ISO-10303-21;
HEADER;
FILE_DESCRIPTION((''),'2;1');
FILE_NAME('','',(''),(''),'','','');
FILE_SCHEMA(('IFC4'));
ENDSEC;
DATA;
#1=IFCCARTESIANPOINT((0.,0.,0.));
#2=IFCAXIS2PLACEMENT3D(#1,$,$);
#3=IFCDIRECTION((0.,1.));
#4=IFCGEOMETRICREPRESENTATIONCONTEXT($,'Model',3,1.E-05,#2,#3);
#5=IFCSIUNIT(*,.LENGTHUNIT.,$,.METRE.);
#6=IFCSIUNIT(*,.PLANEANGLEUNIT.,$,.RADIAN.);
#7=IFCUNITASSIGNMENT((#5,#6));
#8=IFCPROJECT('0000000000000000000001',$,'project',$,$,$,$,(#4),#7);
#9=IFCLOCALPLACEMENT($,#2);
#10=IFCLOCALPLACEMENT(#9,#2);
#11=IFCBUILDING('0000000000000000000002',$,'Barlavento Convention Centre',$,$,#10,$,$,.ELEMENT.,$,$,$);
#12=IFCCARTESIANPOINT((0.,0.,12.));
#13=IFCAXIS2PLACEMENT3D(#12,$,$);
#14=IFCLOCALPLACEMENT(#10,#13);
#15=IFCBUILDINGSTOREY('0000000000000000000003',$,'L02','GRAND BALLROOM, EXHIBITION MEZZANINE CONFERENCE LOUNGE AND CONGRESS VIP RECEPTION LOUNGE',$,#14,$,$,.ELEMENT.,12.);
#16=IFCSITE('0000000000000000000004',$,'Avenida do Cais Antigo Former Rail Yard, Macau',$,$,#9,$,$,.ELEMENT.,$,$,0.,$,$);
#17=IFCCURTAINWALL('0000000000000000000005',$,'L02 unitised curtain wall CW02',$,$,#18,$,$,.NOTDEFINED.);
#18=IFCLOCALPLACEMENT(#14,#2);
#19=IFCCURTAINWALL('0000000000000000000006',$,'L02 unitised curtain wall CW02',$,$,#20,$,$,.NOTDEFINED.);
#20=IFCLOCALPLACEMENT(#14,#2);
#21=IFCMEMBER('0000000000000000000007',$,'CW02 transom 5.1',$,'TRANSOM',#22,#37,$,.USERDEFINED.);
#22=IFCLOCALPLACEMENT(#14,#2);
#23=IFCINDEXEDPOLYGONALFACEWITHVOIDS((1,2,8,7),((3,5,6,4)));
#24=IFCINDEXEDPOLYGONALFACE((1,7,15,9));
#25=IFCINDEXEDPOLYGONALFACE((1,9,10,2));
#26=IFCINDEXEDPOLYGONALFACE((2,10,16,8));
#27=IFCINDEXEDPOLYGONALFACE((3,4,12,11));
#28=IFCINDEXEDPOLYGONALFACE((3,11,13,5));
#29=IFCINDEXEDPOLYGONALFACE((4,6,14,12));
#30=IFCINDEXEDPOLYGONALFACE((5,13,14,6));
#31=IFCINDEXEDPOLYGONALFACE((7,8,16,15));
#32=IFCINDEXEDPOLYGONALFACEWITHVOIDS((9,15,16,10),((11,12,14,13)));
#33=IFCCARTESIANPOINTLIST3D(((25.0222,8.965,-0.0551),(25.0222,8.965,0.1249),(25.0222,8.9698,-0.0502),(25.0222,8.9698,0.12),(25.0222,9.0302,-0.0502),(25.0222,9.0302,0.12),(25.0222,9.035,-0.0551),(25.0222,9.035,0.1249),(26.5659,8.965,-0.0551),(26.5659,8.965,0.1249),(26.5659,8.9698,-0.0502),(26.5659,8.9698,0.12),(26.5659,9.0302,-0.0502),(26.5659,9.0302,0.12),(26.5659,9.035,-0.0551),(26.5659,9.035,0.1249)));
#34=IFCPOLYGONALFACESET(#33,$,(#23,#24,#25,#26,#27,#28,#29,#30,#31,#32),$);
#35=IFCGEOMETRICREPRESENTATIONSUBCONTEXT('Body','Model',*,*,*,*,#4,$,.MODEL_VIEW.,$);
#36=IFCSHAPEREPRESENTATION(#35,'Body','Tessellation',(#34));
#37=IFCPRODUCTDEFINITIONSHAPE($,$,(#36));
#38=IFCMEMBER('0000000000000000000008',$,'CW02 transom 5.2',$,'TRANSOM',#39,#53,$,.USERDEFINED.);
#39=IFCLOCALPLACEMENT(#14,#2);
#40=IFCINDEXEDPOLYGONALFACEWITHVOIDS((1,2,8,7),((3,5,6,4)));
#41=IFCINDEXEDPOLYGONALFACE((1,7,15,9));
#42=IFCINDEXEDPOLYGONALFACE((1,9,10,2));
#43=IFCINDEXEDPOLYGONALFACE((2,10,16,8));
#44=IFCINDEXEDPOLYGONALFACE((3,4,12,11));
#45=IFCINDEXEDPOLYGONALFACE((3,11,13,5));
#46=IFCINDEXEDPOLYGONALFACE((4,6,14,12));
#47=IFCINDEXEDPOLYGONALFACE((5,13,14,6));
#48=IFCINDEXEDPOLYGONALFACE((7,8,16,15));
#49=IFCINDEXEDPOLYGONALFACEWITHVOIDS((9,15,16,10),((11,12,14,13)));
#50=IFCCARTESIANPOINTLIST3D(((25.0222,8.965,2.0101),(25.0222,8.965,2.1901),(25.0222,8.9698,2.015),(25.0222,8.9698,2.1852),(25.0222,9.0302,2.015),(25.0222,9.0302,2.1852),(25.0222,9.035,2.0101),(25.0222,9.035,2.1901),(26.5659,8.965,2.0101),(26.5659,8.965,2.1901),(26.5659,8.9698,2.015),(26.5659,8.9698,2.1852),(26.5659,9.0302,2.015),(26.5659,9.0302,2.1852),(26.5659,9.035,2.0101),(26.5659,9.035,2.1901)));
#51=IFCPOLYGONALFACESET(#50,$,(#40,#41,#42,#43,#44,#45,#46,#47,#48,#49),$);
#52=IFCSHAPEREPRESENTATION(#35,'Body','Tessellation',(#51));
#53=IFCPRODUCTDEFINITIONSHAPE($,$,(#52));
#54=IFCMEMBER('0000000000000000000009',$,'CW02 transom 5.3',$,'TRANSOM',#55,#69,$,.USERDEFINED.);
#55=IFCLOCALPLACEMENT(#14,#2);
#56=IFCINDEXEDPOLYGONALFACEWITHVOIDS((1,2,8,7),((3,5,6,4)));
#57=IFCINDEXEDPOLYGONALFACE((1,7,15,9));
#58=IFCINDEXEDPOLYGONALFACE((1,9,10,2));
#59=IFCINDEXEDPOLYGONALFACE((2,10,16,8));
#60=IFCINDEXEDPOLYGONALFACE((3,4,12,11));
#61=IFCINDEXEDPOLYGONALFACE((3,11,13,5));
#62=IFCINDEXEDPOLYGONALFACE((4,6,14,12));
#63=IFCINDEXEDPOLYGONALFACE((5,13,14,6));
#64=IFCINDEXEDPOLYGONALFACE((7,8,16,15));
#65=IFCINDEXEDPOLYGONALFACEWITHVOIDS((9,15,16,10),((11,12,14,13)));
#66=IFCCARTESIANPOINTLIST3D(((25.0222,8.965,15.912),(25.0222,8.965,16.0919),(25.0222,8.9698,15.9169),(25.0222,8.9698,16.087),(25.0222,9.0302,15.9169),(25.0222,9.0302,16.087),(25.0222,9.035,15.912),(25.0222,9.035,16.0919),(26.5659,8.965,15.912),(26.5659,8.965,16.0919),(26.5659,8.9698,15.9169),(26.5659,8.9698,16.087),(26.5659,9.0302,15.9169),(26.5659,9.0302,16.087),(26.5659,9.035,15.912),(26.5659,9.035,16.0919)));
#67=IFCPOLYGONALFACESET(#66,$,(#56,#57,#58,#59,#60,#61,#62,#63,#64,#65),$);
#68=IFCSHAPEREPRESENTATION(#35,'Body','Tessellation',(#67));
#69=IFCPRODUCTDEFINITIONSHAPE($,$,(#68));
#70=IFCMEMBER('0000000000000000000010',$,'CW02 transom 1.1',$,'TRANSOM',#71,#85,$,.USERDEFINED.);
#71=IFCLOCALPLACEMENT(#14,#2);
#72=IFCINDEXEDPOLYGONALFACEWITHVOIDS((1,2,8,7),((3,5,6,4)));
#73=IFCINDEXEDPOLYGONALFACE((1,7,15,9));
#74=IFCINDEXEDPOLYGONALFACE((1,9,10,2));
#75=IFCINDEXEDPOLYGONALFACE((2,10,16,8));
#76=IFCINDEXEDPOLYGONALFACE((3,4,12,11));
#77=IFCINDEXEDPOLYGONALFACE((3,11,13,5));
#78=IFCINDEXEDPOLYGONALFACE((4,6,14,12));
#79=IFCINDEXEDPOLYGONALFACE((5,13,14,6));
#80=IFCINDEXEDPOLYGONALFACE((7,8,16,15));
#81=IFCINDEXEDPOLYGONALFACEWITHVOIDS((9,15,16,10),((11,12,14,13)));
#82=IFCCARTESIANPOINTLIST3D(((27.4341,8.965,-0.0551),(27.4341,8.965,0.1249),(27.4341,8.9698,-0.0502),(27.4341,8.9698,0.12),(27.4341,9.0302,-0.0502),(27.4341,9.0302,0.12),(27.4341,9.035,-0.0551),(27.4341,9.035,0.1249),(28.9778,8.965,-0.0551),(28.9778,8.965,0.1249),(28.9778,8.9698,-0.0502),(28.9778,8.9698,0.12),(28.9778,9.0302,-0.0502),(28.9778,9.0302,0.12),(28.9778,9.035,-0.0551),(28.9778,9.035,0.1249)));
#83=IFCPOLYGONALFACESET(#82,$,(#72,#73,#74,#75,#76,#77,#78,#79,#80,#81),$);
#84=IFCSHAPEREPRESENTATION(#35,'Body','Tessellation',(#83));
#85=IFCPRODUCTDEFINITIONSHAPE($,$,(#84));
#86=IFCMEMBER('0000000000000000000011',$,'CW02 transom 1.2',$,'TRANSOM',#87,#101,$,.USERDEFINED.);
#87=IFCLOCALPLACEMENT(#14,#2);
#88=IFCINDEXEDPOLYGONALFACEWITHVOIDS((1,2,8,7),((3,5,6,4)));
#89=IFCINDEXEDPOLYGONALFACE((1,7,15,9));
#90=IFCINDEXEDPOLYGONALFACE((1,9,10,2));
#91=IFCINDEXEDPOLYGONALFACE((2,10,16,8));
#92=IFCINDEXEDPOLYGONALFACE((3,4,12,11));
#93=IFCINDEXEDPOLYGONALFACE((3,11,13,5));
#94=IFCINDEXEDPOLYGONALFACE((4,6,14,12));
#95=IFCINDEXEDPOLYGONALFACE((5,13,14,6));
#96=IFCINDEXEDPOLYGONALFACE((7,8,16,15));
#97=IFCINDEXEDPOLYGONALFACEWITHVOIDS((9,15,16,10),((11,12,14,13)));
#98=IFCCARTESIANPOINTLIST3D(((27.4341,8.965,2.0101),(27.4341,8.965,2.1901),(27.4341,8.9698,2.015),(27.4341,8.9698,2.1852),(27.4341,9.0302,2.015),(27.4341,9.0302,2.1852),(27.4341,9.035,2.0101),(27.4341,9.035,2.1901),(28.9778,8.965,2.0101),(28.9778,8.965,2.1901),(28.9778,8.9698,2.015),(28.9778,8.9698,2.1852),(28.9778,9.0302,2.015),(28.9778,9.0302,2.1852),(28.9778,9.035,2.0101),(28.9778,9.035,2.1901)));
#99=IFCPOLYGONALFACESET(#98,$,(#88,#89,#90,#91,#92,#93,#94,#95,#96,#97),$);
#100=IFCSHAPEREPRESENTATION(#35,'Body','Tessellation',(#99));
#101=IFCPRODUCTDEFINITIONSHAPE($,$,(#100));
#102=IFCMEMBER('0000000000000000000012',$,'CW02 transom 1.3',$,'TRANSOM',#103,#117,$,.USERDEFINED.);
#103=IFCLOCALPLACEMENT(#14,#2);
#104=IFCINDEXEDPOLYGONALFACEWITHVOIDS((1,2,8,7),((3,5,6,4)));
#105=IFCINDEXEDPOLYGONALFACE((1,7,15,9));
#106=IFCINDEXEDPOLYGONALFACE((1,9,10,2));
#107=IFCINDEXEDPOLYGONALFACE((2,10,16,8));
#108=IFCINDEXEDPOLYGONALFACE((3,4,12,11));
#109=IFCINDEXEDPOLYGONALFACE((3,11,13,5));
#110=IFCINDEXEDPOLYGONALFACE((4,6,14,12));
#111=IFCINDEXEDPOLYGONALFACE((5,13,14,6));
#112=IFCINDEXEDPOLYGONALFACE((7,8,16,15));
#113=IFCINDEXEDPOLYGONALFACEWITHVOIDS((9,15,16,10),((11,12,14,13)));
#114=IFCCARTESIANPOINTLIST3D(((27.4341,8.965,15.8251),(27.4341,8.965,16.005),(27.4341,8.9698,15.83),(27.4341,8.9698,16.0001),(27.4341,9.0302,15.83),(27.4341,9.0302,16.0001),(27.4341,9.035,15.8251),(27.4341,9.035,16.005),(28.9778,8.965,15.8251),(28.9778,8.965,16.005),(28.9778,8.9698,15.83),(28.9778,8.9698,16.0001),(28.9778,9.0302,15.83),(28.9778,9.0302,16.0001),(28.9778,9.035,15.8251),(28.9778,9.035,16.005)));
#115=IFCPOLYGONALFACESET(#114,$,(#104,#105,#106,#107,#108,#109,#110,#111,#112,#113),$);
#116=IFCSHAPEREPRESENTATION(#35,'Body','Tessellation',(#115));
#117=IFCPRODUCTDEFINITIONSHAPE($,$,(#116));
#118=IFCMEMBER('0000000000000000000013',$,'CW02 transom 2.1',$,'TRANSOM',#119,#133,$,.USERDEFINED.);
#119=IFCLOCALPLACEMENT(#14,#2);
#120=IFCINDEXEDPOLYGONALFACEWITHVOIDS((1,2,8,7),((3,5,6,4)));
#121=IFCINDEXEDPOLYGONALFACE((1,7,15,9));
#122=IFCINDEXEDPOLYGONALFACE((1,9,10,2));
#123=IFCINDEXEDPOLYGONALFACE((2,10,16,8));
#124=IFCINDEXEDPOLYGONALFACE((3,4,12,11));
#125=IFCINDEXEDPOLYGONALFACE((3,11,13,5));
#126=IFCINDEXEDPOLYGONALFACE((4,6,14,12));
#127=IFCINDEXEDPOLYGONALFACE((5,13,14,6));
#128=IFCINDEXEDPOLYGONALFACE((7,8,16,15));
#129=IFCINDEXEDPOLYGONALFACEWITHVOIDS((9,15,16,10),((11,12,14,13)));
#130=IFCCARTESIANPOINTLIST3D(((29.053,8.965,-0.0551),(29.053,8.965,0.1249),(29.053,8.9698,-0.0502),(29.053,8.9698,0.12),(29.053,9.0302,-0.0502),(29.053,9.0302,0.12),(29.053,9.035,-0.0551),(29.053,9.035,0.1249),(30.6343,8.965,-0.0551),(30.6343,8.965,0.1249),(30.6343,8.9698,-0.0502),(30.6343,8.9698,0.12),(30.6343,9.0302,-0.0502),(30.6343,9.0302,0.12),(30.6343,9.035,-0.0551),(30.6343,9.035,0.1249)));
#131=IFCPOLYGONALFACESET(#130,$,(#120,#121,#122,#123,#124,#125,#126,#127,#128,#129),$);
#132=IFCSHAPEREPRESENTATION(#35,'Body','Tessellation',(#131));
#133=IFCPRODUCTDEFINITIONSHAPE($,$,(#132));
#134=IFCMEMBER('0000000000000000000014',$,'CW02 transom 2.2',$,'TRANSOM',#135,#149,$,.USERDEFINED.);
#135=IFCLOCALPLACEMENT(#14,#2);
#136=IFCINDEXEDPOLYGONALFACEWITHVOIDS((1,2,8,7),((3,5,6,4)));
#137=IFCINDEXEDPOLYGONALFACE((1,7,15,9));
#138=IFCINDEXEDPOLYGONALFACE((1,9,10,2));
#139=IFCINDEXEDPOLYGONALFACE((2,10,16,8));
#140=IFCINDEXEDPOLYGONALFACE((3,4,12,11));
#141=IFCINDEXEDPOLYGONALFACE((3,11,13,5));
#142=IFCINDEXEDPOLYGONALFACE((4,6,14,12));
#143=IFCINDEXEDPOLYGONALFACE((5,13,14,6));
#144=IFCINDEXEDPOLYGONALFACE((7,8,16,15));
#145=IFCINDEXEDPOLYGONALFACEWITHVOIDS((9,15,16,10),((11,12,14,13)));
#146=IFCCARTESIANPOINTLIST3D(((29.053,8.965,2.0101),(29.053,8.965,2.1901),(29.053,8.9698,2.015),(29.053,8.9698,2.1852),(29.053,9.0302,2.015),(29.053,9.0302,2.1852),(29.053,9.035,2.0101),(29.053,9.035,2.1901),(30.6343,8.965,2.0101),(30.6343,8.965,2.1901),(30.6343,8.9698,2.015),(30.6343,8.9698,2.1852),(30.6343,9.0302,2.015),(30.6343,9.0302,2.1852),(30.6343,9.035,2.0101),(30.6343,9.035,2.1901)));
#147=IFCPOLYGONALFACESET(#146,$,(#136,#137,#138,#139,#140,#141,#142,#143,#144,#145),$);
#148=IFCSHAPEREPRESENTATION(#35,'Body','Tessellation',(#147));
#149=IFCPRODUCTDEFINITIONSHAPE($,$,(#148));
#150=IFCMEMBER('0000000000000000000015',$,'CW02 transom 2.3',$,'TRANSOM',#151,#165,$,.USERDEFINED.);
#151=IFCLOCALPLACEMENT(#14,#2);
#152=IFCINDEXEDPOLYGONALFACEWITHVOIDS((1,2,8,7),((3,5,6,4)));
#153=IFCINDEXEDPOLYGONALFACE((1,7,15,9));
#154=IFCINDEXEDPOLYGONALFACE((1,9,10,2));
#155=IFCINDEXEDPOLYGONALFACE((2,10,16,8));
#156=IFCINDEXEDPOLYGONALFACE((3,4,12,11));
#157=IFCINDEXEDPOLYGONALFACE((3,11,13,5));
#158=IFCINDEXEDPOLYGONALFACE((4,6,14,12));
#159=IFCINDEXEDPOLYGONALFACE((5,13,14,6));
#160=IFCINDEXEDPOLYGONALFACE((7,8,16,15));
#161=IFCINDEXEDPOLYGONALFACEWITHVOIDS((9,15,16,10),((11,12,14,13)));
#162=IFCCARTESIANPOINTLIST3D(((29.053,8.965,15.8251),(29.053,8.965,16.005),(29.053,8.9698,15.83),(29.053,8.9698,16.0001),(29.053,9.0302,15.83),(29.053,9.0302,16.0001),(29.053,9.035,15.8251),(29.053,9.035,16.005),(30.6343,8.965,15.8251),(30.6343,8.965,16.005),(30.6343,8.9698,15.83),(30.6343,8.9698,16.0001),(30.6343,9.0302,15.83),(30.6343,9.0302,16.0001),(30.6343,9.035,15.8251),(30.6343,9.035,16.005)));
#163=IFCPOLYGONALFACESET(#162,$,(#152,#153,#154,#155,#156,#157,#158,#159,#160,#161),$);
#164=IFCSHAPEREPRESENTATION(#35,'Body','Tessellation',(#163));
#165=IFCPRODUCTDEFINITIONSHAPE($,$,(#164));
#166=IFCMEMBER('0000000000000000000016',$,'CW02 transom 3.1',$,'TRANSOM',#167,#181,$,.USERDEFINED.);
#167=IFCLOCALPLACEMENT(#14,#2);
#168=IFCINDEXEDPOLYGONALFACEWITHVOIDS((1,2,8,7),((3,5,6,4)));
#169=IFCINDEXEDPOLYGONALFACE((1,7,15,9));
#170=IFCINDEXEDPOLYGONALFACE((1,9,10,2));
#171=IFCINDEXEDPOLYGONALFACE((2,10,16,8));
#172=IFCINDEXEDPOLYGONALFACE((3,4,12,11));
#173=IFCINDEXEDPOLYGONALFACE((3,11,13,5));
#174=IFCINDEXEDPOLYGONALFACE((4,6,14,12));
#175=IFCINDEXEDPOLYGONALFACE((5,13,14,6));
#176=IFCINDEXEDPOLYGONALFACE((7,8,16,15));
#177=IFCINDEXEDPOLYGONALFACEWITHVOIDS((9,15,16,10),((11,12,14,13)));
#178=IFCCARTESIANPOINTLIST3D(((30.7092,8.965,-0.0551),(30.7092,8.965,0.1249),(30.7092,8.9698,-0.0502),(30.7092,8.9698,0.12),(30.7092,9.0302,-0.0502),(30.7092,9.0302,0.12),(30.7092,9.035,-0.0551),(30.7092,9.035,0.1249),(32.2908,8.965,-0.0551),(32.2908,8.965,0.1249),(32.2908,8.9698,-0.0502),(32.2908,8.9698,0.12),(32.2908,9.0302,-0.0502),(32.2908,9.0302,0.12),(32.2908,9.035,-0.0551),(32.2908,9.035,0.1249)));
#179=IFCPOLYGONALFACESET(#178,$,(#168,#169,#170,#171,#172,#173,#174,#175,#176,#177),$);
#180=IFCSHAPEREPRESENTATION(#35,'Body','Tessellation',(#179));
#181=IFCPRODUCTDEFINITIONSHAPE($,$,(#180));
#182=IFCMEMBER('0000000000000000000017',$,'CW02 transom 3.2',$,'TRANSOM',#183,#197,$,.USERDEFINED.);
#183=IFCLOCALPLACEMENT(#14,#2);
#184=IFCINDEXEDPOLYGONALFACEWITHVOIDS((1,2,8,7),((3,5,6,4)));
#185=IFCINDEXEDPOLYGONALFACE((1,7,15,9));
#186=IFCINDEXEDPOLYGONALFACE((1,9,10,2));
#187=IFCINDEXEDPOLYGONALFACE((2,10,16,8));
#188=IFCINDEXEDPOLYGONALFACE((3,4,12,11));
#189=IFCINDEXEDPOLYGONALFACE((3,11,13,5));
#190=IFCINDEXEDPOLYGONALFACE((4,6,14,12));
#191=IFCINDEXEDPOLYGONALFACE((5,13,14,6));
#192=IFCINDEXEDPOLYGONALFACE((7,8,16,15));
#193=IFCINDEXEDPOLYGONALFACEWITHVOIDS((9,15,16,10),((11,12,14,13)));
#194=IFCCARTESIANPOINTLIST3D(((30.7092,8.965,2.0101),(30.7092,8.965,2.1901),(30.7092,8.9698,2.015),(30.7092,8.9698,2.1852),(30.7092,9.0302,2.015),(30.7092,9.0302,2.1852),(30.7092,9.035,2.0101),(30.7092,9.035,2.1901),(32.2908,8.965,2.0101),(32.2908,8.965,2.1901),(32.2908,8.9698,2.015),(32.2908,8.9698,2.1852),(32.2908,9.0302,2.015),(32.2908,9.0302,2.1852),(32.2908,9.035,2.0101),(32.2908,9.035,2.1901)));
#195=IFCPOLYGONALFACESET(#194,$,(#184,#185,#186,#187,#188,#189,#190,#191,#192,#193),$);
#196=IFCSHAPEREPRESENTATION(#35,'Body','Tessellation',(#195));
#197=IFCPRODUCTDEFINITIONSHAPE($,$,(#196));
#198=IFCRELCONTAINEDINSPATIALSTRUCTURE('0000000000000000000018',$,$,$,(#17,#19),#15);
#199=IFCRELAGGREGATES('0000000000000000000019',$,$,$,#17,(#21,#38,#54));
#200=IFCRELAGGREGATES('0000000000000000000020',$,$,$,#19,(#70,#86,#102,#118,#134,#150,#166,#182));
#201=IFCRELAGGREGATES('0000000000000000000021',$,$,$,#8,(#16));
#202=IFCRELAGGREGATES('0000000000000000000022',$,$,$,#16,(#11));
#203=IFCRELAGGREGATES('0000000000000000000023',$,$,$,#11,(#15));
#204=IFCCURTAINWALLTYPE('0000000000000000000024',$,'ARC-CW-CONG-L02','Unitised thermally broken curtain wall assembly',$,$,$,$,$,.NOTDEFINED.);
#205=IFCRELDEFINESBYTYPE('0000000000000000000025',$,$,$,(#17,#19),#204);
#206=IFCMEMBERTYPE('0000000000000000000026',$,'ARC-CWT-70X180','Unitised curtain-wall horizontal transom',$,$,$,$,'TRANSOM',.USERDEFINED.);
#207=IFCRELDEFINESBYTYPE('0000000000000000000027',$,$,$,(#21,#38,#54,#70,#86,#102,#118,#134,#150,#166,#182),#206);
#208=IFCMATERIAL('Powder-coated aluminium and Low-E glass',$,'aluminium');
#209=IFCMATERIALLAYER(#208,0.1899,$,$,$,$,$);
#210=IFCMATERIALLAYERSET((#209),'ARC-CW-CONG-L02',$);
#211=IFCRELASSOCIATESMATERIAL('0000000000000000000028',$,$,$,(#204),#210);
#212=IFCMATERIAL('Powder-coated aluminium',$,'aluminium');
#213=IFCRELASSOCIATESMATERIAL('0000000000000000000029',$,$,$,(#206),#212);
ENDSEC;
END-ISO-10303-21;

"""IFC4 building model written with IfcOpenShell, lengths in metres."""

from ifc_helpers import new_model, si_unit, direction, frame, origin, origin_2d, place, context, subcontext, project, spatial, hollow_rectangle, extrude, material, layer, layer_set, material_profile, profile_set, type_object, element, aggregate, save


model = new_model("IFC4")

# Units and contexts
model_context = context("Model", 3, precision=1e-05, world=origin(), true_north=direction((0.0, 1.0)))
body_context = subcontext(model_context, "Body", "Model", "MODEL_VIEW")
ifc_project = project(units=[si_unit("LENGTHUNIT", "METRE"), si_unit("PLANEANGLEUNIT", "RADIAN")], contexts=[model_context])

# Site, building, storey
site_placement = place(None, origin())
site = spatial("IfcSite", under=ifc_project, at=site_placement, Name="Avenida do Cais Antigo Former Rail Yard, Macau", CompositionType="ELEMENT", RefElevation=0.0)
building_placement = place(site_placement, origin())
building = spatial("IfcBuilding", under=site, at=building_placement, Name="Barlavento Convention Centre", CompositionType="ELEMENT")
storey_placement = place(building_placement, frame((0.0, 0.0, 12.0)))
storey = spatial("IfcBuildingStorey", under=building, at=storey_placement, Name="L02", Description="GRAND BALLROOM, EXHIBITION MEZZANINE CONFERENCE LOUNGE AND CONGRESS VIP RECEPTION LOUNGE", CompositionType="ELEMENT", Elevation=12.0)

# Curtain walls
ifc_material_1 = material(Name="Powder-coated aluminium and Low-E glass", Category="aluminium")
ifc_layer_1 = layer(ifc_material_1, 0.1899)
ifc_layer_set_1 = layer_set([ifc_layer_1], Name="ARC-CW-CONG-L02")
curtain_wall_type = type_object("IfcCurtainWallType", Name="ARC-CW-CONG-L02", Description="Unitised thermally broken curtain wall assembly", PredefinedType="NOTDEFINED", material=ifc_layer_set_1)
curtain_wall_1_placement = place(storey_placement, origin())
curtain_wall_1 = element("IfcCurtainWall", 1, at=curtain_wall_1_placement, inside=storey, type_object=curtain_wall_type, Name="L02 unitised curtain wall CW02", PredefinedType="NOTDEFINED")
ifc_material_2 = material(Name="Powder-coated aluminium", Category="aluminium")
curtain_wall_2_placement = place(storey_placement, origin())
curtain_wall_2 = element("IfcCurtainWall", 2, at=curtain_wall_2_placement, inside=storey, type_object=curtain_wall_type, Name="L02 unitised curtain wall CW02", PredefinedType="NOTDEFINED")

# Members
ifc_material_profile_1 = material_profile(ifc_material_2, hollow_rectangle(XDim=0.0701, YDim=0.1799, WallThickness=0.0049, at=origin_2d()), Name="AL-TRAN 70x180x5")
ifc_profile_set_1 = profile_set([ifc_material_profile_1], Name="Powder-coated aluminium")
member_type_1 = type_object("IfcMemberType", Name="ARC-CWT-70X180", Description="Unitised curtain-wall horizontal transom", ElementType="TRANSOM", PredefinedType="USERDEFINED", material=ifc_profile_set_1)
member_1_placement = place(storey_placement, frame((25.0222, 9.0, 0.0349), z_axis=(1.0, 0.0, 0.0), x_axis=(0.0, 1.0, 0.0)))
member_1 = element("IfcMember", 3, at=member_1_placement, type_object=member_type_1, Name="CW02 transom 5.1", ObjectType="TRANSOM", PredefinedType="USERDEFINED", context=body_context, shape_type="SweptSolid", body=[
    extrude(hollow_rectangle(XDim=0.0701, YDim=0.1799, WallThickness=0.0049, at=origin_2d()), origin(), (0.0, 0.0, 1.0), 1.5437),
])
member_2_placement = place(storey_placement, frame((25.0222, 9.0, 2.1001), z_axis=(1.0, 0.0, 0.0), x_axis=(0.0, 1.0, 0.0)))
member_2 = element("IfcMember", 4, at=member_2_placement, type_object=member_type_1, Name="CW02 transom 5.2", ObjectType="TRANSOM", PredefinedType="USERDEFINED", context=body_context, shape_type="SweptSolid", body=[
    extrude(hollow_rectangle(XDim=0.0701, YDim=0.1799, WallThickness=0.0049, at=origin_2d()), origin(), (0.0, 0.0, 1.0), 1.5437),
])
member_3_placement = place(storey_placement, frame((25.0222, 9.0, 16.002), z_axis=(1.0, 0.0, 0.0), x_axis=(0.0, 1.0, 0.0)))
member_3 = element("IfcMember", 5, at=member_3_placement, type_object=member_type_1, Name="CW02 transom 5.3", ObjectType="TRANSOM", PredefinedType="USERDEFINED", context=body_context, shape_type="SweptSolid", body=[
    extrude(hollow_rectangle(XDim=0.0701, YDim=0.1799, WallThickness=0.0049, at=origin_2d()), origin(), (0.0, 0.0, 1.0), 1.5437),
])
member_4_placement = place(storey_placement, frame((27.4341, 9.0, 0.0349), z_axis=(1.0, 0.0, 0.0), x_axis=(0.0, 1.0, 0.0)))
member_4 = element("IfcMember", 6, at=member_4_placement, type_object=member_type_1, Name="CW02 transom 1.1", ObjectType="TRANSOM", PredefinedType="USERDEFINED", context=body_context, shape_type="SweptSolid", body=[
    extrude(hollow_rectangle(XDim=0.0701, YDim=0.1799, WallThickness=0.0049, at=origin_2d()), origin(), (0.0, 0.0, 1.0), 1.5437),
])
member_5_placement = place(storey_placement, frame((27.4341, 9.0, 2.1001), z_axis=(1.0, 0.0, 0.0), x_axis=(0.0, 1.0, 0.0)))
member_5 = element("IfcMember", 7, at=member_5_placement, type_object=member_type_1, Name="CW02 transom 1.2", ObjectType="TRANSOM", PredefinedType="USERDEFINED", context=body_context, shape_type="SweptSolid", body=[
    extrude(hollow_rectangle(XDim=0.0701, YDim=0.1799, WallThickness=0.0049, at=origin_2d()), origin(), (0.0, 0.0, 1.0), 1.5437),
])
member_6_placement = place(storey_placement, frame((27.4341, 9.0, 15.915), z_axis=(1.0, 0.0, 0.0), x_axis=(0.0, 1.0, 0.0)))
member_6 = element("IfcMember", 8, at=member_6_placement, type_object=member_type_1, Name="CW02 transom 1.3", ObjectType="TRANSOM", PredefinedType="USERDEFINED", context=body_context, shape_type="SweptSolid", body=[
    extrude(hollow_rectangle(XDim=0.0701, YDim=0.1799, WallThickness=0.0049, at=origin_2d()), origin(), (0.0, 0.0, 1.0), 1.5437),
])
member_7_placement = place(storey_placement, frame((29.053, 9.0, 0.0349), z_axis=(1.0, 0.0, 0.0), x_axis=(0.0, 1.0, 0.0)))
member_7 = element("IfcMember", 9, at=member_7_placement, type_object=member_type_1, Name="CW02 transom 2.1", ObjectType="TRANSOM", PredefinedType="USERDEFINED", context=body_context, shape_type="SweptSolid", body=[
    extrude(hollow_rectangle(XDim=0.0701, YDim=0.1799, WallThickness=0.0049, at=origin_2d()), origin(), (0.0, 0.0, 1.0), 1.5813),
])
member_8_placement = place(storey_placement, frame((29.053, 9.0, 2.1001), z_axis=(1.0, 0.0, 0.0), x_axis=(0.0, 1.0, 0.0)))
member_8 = element("IfcMember", 10, at=member_8_placement, type_object=member_type_1, Name="CW02 transom 2.2", ObjectType="TRANSOM", PredefinedType="USERDEFINED", context=body_context, shape_type="SweptSolid", body=[
    extrude(hollow_rectangle(XDim=0.0701, YDim=0.1799, WallThickness=0.0049, at=origin_2d()), origin(), (0.0, 0.0, 1.0), 1.5813),
])
member_9_placement = place(storey_placement, frame((29.053, 9.0, 15.915), z_axis=(1.0, 0.0, 0.0), x_axis=(0.0, 1.0, 0.0)))
member_9 = element("IfcMember", 11, at=member_9_placement, type_object=member_type_1, Name="CW02 transom 2.3", ObjectType="TRANSOM", PredefinedType="USERDEFINED", context=body_context, shape_type="SweptSolid", body=[
    extrude(hollow_rectangle(XDim=0.0701, YDim=0.1799, WallThickness=0.0049, at=origin_2d()), origin(), (0.0, 0.0, 1.0), 1.5813),
])
member_10_placement = place(storey_placement, frame((30.7092, 9.0, 0.0349), z_axis=(1.0, 0.0, 0.0), x_axis=(0.0, 1.0, 0.0)))
member_10 = element("IfcMember", 12, at=member_10_placement, type_object=member_type_1, Name="CW02 transom 3.1", ObjectType="TRANSOM", PredefinedType="USERDEFINED", context=body_context, shape_type="SweptSolid", body=[
    extrude(hollow_rectangle(XDim=0.0701, YDim=0.1799, WallThickness=0.0049, at=origin_2d()), origin(), (0.0, 0.0, 1.0), 1.5815),
])
member_11_placement = place(storey_placement, frame((30.7092, 9.0, 2.1001), z_axis=(1.0, 0.0, 0.0), x_axis=(0.0, 1.0, 0.0)))
member_11 = element("IfcMember", 13, at=member_11_placement, type_object=member_type_1, Name="CW02 transom 3.2", ObjectType="TRANSOM", PredefinedType="USERDEFINED", context=body_context, shape_type="SweptSolid", body=[
    extrude(hollow_rectangle(XDim=0.0701, YDim=0.1799, WallThickness=0.0049, at=origin_2d()), origin(), (0.0, 0.0, 1.0), 1.5815),
])

aggregate(curtain_wall_1, [member_1, member_2, member_3])
aggregate(curtain_wall_2, [member_4, member_5, member_6, member_7, member_8, member_9, member_10, member_11])

save(model, "model.ifc")
